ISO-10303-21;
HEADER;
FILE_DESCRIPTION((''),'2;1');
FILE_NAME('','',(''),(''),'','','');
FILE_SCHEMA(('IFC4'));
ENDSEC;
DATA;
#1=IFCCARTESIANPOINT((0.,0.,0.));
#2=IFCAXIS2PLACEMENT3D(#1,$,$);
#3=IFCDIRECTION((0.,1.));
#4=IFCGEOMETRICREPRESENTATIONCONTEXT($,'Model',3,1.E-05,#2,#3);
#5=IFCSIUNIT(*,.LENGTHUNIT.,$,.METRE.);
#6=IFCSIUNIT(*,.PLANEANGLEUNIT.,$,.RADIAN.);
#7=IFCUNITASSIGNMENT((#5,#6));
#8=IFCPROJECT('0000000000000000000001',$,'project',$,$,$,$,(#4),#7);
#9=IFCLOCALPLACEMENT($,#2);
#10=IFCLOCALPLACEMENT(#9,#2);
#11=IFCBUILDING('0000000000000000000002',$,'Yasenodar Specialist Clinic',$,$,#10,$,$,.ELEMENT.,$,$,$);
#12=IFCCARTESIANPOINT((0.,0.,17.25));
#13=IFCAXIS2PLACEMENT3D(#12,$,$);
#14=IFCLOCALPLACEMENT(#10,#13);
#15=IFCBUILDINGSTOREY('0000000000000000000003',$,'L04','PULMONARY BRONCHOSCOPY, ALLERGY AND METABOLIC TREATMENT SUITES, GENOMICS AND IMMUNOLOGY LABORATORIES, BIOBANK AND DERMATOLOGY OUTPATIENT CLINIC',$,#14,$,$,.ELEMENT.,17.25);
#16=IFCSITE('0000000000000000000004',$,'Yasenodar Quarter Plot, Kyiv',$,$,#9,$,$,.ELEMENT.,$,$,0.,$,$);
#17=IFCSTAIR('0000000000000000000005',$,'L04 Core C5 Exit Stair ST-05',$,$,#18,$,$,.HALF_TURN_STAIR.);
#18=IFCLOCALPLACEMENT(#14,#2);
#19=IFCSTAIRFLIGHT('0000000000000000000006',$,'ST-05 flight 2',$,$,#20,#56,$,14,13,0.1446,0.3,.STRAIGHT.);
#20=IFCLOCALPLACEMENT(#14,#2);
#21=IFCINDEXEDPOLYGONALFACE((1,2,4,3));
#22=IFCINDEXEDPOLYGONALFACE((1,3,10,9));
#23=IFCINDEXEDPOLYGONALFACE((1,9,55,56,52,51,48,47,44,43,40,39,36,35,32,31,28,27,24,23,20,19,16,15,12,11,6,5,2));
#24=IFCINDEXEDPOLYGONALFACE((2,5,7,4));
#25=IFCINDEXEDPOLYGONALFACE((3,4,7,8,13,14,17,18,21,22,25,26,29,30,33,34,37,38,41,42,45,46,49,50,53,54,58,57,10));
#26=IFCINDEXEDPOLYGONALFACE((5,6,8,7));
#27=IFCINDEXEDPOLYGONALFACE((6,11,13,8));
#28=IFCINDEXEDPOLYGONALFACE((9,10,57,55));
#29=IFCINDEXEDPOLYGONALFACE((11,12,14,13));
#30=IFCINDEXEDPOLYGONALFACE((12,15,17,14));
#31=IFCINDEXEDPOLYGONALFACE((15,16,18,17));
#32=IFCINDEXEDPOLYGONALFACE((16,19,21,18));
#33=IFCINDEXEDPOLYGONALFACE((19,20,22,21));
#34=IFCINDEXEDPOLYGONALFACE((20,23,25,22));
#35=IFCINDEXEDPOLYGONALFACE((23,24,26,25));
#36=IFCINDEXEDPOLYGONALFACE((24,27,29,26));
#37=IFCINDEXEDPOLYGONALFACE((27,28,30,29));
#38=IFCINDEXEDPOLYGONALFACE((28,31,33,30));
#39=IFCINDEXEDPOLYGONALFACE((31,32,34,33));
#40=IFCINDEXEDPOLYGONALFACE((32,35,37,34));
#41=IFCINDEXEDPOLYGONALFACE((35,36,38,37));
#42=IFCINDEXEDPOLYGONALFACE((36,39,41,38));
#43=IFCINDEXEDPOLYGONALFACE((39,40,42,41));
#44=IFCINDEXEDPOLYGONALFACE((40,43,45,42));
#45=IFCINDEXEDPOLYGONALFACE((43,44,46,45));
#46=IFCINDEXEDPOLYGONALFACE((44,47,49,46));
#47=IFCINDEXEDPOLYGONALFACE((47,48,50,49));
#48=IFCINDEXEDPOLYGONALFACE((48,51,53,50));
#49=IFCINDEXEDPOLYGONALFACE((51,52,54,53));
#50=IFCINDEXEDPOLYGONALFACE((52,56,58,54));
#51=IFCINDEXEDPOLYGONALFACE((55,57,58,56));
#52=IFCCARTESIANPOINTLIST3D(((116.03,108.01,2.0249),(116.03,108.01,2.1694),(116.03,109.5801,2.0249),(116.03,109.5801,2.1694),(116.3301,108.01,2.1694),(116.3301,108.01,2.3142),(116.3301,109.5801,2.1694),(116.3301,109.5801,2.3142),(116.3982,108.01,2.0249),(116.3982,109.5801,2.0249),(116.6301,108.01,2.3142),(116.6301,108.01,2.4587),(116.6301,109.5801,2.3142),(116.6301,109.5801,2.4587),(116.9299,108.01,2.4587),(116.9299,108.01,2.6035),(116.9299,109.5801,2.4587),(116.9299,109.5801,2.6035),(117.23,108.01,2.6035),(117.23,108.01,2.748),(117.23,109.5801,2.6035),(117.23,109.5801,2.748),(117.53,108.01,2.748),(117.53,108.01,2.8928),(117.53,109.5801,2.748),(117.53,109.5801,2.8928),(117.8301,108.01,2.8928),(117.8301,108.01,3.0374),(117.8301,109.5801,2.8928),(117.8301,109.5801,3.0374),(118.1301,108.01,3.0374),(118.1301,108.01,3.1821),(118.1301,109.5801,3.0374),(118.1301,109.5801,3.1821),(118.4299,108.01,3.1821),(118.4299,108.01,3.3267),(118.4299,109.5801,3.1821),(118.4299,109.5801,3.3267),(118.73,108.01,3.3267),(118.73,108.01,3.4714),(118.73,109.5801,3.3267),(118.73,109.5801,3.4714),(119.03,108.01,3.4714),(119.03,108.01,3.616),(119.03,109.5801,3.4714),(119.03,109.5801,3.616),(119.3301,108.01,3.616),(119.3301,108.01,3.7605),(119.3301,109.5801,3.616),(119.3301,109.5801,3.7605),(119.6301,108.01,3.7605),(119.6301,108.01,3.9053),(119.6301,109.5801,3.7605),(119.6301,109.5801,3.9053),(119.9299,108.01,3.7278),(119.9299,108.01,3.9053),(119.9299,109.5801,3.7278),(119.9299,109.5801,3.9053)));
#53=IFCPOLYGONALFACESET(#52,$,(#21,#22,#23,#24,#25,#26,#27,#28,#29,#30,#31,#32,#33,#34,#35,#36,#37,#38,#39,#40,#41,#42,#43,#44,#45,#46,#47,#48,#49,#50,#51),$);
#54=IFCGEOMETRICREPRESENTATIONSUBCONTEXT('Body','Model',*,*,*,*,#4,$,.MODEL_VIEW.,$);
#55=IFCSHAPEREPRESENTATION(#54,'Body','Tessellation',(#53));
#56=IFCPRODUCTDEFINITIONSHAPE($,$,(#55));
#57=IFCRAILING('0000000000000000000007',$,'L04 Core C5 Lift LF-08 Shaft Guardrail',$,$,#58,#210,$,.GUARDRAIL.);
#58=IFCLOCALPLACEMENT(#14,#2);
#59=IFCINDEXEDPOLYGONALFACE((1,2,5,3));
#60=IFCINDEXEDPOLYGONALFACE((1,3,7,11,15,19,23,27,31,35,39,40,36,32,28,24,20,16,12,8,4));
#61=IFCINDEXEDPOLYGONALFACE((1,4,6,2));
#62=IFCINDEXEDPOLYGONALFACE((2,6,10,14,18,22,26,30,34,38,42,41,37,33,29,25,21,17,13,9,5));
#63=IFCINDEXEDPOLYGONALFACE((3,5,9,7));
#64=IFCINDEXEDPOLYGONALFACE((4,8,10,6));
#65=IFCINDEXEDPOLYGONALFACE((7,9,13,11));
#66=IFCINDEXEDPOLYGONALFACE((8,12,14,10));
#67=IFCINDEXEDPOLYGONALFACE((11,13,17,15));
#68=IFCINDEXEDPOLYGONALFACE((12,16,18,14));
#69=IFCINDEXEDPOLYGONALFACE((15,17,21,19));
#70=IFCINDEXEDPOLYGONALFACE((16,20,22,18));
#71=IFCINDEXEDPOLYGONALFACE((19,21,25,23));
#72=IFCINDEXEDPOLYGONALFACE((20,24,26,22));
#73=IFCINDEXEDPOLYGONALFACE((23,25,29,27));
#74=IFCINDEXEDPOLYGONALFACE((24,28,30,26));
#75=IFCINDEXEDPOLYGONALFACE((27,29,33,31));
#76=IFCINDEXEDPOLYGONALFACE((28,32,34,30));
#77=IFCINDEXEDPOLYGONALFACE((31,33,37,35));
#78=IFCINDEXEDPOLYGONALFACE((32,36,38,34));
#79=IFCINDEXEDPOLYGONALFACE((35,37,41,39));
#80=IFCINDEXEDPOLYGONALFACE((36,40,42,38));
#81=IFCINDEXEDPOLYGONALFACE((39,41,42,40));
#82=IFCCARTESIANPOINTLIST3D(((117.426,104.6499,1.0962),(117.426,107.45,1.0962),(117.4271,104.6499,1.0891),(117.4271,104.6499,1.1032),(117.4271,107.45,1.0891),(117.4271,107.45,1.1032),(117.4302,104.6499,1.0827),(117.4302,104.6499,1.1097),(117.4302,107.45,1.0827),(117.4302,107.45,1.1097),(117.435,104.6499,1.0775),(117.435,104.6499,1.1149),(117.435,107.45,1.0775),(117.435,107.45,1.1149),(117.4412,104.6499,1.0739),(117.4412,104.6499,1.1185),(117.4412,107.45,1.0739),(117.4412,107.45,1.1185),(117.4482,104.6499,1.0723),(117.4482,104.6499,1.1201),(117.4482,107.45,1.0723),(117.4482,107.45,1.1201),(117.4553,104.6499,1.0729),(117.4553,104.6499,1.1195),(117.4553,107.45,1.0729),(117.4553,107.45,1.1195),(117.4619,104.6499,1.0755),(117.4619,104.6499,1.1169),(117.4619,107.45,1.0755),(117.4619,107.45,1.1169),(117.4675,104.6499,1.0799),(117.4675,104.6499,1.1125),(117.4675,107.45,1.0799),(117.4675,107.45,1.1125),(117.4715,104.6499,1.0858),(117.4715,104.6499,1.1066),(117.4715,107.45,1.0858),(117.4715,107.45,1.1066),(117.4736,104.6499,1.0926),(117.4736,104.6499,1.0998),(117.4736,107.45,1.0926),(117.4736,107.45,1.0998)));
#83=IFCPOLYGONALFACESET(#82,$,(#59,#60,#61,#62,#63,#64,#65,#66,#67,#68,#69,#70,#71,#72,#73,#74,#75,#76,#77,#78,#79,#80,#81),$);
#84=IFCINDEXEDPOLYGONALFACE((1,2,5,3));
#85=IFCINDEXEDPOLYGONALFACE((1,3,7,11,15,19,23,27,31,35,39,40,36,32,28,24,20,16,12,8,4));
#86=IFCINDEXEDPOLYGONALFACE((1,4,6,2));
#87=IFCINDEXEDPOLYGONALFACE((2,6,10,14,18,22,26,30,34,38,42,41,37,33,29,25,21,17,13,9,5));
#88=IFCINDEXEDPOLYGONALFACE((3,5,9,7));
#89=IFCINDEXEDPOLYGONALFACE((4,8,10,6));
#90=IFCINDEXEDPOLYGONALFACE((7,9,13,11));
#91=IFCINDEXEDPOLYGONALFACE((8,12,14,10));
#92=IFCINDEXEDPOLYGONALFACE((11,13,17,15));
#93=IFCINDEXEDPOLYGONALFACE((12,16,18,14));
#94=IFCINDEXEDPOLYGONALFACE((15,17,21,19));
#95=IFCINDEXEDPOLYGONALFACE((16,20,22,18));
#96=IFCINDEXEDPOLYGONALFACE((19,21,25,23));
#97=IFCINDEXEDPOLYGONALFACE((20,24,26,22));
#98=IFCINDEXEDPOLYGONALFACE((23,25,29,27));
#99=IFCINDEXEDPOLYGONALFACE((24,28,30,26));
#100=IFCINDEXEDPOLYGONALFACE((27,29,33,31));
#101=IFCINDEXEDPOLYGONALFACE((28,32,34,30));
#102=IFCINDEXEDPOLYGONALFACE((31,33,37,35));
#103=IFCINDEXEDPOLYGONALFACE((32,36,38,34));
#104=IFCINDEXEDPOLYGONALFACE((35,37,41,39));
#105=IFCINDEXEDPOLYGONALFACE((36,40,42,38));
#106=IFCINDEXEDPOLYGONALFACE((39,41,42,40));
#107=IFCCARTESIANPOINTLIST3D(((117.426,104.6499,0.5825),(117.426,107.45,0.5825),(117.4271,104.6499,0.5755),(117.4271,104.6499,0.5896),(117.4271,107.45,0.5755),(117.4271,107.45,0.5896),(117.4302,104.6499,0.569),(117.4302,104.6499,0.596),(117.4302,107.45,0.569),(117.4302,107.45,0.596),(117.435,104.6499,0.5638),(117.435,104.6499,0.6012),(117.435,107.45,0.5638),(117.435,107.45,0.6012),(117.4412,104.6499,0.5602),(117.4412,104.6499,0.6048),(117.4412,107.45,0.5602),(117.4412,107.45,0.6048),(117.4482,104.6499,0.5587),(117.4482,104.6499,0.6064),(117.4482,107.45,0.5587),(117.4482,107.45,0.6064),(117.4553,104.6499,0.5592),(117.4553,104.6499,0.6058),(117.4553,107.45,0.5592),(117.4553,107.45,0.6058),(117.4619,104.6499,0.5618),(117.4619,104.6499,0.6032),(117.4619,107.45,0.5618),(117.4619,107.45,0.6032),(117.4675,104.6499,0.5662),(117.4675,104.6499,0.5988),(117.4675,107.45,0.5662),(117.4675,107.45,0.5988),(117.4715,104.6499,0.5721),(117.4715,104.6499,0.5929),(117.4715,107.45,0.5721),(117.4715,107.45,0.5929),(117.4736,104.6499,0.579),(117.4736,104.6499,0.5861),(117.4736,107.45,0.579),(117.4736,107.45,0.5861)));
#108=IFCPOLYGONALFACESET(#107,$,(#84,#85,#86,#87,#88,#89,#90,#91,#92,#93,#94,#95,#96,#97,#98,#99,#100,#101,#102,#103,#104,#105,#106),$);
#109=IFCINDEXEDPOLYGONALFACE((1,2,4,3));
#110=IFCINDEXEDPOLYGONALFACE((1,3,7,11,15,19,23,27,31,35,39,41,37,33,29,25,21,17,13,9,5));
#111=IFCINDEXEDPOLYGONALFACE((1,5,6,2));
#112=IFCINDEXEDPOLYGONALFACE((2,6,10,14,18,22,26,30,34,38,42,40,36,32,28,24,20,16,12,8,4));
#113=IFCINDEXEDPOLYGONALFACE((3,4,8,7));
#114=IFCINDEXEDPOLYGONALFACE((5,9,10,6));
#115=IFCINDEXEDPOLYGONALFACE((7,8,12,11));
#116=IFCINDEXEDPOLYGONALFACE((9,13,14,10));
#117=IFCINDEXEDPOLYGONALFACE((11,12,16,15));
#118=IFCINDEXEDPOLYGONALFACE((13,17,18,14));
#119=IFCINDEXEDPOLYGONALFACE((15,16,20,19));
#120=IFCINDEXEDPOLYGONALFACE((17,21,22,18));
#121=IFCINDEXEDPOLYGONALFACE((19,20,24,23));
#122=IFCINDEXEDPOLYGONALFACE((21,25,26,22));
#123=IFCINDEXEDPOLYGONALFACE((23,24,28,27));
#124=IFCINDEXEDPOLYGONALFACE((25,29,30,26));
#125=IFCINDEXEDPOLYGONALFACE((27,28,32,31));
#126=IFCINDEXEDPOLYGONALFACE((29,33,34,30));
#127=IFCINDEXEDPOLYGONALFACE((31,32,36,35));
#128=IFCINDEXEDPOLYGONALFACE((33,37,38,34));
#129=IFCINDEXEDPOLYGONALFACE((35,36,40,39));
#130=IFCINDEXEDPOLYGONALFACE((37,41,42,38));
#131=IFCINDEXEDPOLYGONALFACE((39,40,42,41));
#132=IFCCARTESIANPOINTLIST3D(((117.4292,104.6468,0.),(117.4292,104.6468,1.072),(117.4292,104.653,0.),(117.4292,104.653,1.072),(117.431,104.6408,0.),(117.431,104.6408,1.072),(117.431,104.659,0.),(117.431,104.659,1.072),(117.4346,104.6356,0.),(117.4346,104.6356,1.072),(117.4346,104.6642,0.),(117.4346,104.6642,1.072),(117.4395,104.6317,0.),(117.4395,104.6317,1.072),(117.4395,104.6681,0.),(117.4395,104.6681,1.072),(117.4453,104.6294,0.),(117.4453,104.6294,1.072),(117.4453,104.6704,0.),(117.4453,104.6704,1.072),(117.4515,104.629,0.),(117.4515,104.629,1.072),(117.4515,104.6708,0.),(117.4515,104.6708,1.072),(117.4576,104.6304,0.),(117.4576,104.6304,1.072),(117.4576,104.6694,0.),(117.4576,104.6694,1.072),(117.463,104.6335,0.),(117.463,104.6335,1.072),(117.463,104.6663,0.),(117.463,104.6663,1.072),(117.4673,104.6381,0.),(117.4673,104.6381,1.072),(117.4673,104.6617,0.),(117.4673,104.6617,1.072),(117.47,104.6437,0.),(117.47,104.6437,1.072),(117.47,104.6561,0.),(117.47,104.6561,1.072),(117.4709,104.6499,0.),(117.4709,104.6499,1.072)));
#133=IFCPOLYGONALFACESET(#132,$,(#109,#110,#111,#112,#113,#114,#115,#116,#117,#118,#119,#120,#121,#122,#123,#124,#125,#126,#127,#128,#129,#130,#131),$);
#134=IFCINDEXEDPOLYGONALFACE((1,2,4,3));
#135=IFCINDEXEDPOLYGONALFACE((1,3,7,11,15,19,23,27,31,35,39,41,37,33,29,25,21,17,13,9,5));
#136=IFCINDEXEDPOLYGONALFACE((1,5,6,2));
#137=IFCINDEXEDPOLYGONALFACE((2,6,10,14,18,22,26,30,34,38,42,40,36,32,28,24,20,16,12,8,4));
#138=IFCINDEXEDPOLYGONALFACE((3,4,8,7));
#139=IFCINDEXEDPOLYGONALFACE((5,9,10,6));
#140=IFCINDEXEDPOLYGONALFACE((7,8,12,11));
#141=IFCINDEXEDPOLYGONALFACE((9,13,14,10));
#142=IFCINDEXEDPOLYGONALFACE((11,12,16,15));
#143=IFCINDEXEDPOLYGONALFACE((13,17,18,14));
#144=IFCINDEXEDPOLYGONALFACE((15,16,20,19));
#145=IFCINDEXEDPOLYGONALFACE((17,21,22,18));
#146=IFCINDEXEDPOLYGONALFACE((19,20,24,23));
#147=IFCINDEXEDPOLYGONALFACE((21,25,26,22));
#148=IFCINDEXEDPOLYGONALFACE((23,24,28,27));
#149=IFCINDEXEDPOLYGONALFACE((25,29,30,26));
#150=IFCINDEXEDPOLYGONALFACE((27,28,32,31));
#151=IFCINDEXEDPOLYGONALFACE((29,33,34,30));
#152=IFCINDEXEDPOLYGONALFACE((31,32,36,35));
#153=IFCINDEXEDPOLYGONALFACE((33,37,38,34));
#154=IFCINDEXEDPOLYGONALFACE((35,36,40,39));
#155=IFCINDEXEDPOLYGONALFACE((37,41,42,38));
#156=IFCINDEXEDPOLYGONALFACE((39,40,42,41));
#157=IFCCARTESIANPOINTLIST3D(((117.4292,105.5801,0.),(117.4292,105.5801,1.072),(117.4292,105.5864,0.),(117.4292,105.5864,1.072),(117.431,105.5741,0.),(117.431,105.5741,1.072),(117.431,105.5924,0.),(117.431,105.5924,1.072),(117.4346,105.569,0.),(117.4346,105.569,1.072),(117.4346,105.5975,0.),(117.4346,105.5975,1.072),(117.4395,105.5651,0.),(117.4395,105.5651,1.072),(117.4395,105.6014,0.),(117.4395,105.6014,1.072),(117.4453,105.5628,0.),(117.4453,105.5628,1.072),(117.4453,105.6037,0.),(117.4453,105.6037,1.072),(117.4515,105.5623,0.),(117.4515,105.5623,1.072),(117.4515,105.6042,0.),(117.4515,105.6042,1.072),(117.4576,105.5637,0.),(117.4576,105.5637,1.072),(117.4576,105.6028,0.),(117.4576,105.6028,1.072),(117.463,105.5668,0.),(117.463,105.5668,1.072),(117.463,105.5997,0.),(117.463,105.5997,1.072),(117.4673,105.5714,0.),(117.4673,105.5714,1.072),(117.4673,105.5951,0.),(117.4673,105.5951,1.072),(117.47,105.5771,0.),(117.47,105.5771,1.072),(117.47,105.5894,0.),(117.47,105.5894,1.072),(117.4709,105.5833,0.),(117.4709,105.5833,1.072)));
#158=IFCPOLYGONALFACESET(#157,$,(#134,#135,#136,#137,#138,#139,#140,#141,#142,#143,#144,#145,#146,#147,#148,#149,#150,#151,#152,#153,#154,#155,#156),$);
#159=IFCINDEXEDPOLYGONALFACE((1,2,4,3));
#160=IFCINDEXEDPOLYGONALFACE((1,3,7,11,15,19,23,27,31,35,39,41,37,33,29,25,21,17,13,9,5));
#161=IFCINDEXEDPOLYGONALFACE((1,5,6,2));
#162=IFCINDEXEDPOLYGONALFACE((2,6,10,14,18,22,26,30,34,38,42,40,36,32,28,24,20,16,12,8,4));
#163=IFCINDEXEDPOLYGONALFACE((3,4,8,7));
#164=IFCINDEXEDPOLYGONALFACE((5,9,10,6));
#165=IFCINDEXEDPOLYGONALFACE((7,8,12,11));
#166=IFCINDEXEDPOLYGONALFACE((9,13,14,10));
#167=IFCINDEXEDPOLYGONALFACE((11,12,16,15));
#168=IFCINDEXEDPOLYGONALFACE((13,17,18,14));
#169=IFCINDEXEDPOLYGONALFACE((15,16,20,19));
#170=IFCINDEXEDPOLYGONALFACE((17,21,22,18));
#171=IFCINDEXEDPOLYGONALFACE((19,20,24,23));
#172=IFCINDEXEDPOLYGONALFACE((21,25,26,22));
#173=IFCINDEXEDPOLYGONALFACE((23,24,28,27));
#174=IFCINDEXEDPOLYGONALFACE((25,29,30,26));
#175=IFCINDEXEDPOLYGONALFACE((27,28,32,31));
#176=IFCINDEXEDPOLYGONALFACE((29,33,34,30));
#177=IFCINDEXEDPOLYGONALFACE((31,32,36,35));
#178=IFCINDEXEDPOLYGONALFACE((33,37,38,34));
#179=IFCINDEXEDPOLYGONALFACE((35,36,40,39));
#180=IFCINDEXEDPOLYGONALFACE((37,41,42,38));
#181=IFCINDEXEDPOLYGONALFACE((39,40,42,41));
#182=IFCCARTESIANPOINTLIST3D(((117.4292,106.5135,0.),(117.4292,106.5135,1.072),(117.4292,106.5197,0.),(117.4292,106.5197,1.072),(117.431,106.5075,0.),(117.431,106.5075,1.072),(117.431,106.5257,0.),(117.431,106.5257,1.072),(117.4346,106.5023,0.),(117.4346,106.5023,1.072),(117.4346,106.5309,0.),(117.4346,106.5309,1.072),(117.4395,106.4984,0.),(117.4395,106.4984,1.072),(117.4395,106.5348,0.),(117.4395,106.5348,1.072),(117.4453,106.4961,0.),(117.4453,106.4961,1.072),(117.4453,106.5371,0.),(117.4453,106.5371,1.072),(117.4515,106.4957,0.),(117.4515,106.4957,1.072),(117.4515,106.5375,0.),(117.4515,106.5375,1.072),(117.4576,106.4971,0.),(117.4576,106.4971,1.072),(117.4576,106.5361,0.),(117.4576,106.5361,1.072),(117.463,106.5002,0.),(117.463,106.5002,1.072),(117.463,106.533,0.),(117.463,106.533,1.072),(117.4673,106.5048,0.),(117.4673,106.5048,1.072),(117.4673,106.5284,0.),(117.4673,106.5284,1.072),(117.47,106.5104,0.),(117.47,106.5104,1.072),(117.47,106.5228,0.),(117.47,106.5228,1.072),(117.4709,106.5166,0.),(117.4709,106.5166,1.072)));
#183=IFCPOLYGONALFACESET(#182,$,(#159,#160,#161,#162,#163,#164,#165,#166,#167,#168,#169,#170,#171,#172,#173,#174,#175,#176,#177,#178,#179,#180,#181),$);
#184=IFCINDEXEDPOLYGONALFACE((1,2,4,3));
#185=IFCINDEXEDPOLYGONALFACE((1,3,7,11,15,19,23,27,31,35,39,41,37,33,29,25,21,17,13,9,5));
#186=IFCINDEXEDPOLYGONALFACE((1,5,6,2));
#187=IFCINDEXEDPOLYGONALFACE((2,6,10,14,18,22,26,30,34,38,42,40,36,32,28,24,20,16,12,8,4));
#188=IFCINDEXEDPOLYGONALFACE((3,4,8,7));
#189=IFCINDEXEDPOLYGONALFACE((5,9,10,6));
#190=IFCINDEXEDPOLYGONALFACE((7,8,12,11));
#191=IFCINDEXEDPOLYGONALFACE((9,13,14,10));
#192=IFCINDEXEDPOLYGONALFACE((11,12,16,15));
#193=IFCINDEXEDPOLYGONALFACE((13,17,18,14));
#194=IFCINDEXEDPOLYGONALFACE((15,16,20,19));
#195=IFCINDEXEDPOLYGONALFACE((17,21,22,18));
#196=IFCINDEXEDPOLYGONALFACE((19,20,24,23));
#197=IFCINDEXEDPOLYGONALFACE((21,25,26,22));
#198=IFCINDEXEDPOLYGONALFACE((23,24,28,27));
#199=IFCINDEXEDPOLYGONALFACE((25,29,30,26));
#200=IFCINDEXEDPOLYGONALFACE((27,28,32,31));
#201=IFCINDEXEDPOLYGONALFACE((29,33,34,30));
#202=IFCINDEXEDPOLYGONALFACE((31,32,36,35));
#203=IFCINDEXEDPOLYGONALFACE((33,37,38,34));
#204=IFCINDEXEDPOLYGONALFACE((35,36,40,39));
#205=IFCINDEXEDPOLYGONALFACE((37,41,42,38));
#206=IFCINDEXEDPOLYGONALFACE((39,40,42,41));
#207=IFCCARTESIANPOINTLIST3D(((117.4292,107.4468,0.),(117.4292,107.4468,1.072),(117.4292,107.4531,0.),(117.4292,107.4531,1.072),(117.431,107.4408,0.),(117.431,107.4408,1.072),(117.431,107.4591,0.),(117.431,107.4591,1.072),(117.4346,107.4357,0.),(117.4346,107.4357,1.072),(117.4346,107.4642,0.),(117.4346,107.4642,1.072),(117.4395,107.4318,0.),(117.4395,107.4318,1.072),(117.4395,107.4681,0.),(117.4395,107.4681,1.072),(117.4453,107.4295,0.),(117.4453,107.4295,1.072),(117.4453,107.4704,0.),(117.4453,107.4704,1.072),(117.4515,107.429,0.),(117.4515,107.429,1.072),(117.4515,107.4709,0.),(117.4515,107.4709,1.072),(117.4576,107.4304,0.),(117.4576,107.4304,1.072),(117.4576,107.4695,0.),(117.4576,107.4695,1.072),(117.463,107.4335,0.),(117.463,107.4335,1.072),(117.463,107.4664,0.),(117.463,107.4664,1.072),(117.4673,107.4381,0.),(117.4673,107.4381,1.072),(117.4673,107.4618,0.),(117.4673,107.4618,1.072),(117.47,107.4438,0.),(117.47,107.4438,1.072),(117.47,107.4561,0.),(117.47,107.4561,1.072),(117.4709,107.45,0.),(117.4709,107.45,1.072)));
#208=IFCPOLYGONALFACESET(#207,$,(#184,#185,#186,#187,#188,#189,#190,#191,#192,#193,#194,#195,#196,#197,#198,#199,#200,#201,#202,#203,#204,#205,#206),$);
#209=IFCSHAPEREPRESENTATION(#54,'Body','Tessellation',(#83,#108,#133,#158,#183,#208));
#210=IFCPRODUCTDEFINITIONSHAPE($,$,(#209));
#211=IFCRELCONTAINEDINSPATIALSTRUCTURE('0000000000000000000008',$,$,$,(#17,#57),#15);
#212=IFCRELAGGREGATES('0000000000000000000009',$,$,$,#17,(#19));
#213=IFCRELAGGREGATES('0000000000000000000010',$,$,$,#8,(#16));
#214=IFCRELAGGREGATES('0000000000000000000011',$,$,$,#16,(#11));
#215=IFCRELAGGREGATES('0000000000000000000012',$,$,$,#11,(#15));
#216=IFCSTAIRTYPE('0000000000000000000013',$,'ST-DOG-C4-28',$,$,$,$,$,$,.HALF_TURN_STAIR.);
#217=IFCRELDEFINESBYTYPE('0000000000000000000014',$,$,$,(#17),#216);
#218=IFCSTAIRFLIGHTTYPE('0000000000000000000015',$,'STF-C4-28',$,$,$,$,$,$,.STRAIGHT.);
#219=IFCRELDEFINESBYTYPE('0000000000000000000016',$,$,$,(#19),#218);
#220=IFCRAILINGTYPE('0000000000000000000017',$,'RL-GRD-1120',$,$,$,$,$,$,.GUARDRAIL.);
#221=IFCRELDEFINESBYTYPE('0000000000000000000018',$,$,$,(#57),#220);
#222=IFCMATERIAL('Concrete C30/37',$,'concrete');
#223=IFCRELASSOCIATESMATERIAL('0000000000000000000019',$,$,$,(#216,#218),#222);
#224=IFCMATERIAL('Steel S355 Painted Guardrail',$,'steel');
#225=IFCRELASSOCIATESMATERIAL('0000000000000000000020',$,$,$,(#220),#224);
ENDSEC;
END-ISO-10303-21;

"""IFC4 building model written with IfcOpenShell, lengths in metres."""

from ifc_helpers import new_model, si_unit, direction, frame, origin, origin_2d, place, context, subcontext, project, spatial, polyline, circle, outline, extrude, material, type_object, element, aggregate, save


model = new_model("IFC4")

# Units and contexts
model_context = context("Model", 3, precision=1e-05, world=origin(), true_north=direction((0.0, 1.0)))
body_context = subcontext(model_context, "Body", "Model", "MODEL_VIEW")
ifc_project = project(units=[si_unit("LENGTHUNIT", "METRE"), si_unit("PLANEANGLEUNIT", "RADIAN")], contexts=[model_context])

# Site, building, storey
site_placement = place(None, origin())
site = spatial("IfcSite", under=ifc_project, at=site_placement, Name="Yasenodar Quarter Plot, Kyiv", CompositionType="ELEMENT", RefElevation=0.0)
building_placement = place(site_placement, origin())
building = spatial("IfcBuilding", under=site, at=building_placement, Name="Yasenodar Specialist Clinic", CompositionType="ELEMENT")
storey_placement = place(building_placement, frame((0.0, 0.0, 17.25)))
storey = spatial("IfcBuildingStorey", under=building, at=storey_placement, Name="L04", Description="PULMONARY BRONCHOSCOPY, ALLERGY AND METABOLIC TREATMENT SUITES, GENOMICS AND IMMUNOLOGY LABORATORIES, BIOBANK AND DERMATOLOGY OUTPATIENT CLINIC", CompositionType="ELEMENT", Elevation=17.25)

# Stair, stair flight
ifc_material_1 = material(Name="Concrete C30/37", Category="concrete")
stair_type = type_object("IfcStairType", Name="ST-DOG-C4-28", PredefinedType="HALF_TURN_STAIR", material=ifc_material_1)
stair_placement = place(storey_placement, origin())
stair = element("IfcStair", 1, at=stair_placement, inside=storey, type_object=stair_type, Name="L04 Core C5 Exit Stair ST-05", PredefinedType="HALF_TURN_STAIR")
stair_flight_type = type_object("IfcStairFlightType", Name="STF-C4-28", PredefinedType="STRAIGHT", material=ifc_material_1)
stair_flight_1_placement = place(storey_placement, frame((116.03, 108.7949, 2.0249), z_axis=(0.0, 0.0, 1.0), x_axis=(1.0, 0.0, 0.0)))
stair_flight_1 = element("IfcStairFlight", 2, at=stair_flight_1_placement, type_object=stair_flight_type, Name="ST-05 flight 2", NumberOfRisers=14, NumberOfTreads=13, PredefinedType="STRAIGHT", RiserHeight=0.1446, TreadLength=0.3, context=body_context, shape_type="SweptSolid", body=[
    extrude(outline(polyline([(0.0, 0.0), (0.0, 0.1445), (0.3, 0.1445), (0.3, 0.2893), (0.6001, 0.2893), (0.6001, 0.4338), (0.8999, 0.4338), (0.8999, 0.5786), (1.2, 0.5786), (1.2, 0.7231), (1.5, 0.7231), (1.5, 0.8679), (1.8, 0.8679), (1.8, 1.0125), (2.1001, 1.0125), (2.1001, 1.1572), (2.3999, 1.1572), (2.3999, 1.3018), (2.7, 1.3018), (2.7, 1.4465), (3.0, 1.4465), (3.0, 1.5911), (3.3, 1.5911), (3.3, 1.7356), (3.6001, 1.7356), (3.6001, 1.8804), (3.8999, 1.8804), (3.8999, 2.0249), (3.8999, 1.7029), (0.3682, 0.0), (0.0, 0.0)])), frame((0.0, 0.7852, 0.0), z_axis=(0.0, -1.0, 0.0), x_axis=(1.0, 0.0, 0.0)), (0.0, 0.0, 1.0), 1.5701),
])
aggregate(stair, [stair_flight_1])

# Railing
ifc_material_2 = material(Name="Steel S355 Painted Guardrail", Category="steel")
railing_type_1 = type_object("IfcRailingType", Name="RL-GRD-1120", PredefinedType="GUARDRAIL", material=ifc_material_2)
railing_1_placement = place(storey_placement, frame((117.45, 104.6499, 0.0)))
element("IfcRailing", 3, at=railing_1_placement, inside=storey, type_object=railing_type_1, Name="L04 Core C5 Lift LF-08 Shaft Guardrail", PredefinedType="GUARDRAIL", context=body_context, shape_type="SweptSolid", body=[
    extrude(circle(Radius=0.0239, at=origin_2d()), frame((0.0, 0.0, 1.0962), z_axis=(0.0, 1.0, 0.0), x_axis=(-1.0, 0.0, 0.0)), (0.0, 0.0, 1.0), 2.8),
    extrude(circle(Radius=0.0239, at=origin_2d()), frame((0.0, 0.0, 0.5825), z_axis=(0.0, 1.0, 0.0), x_axis=(-1.0, 0.0, 0.0)), (0.0, 0.0, 1.0), 2.8),
    extrude(circle(Radius=0.021, at=origin_2d()), origin(), (0.0, 0.0, 1.0), 1.072),
    extrude(circle(Radius=0.021, at=origin_2d()), frame((0.0, 0.9333, 0.0)), (0.0, 0.0, 1.0), 1.072),
    extrude(circle(Radius=0.021, at=origin_2d()), frame((0.0, 1.8667, 0.0)), (0.0, 0.0, 1.0), 1.072),
    extrude(circle(Radius=0.021, at=origin_2d()), frame((0.0, 2.8, 0.0)), (0.0, 0.0, 1.0), 1.072),
])

save(model, "model.ifc")
